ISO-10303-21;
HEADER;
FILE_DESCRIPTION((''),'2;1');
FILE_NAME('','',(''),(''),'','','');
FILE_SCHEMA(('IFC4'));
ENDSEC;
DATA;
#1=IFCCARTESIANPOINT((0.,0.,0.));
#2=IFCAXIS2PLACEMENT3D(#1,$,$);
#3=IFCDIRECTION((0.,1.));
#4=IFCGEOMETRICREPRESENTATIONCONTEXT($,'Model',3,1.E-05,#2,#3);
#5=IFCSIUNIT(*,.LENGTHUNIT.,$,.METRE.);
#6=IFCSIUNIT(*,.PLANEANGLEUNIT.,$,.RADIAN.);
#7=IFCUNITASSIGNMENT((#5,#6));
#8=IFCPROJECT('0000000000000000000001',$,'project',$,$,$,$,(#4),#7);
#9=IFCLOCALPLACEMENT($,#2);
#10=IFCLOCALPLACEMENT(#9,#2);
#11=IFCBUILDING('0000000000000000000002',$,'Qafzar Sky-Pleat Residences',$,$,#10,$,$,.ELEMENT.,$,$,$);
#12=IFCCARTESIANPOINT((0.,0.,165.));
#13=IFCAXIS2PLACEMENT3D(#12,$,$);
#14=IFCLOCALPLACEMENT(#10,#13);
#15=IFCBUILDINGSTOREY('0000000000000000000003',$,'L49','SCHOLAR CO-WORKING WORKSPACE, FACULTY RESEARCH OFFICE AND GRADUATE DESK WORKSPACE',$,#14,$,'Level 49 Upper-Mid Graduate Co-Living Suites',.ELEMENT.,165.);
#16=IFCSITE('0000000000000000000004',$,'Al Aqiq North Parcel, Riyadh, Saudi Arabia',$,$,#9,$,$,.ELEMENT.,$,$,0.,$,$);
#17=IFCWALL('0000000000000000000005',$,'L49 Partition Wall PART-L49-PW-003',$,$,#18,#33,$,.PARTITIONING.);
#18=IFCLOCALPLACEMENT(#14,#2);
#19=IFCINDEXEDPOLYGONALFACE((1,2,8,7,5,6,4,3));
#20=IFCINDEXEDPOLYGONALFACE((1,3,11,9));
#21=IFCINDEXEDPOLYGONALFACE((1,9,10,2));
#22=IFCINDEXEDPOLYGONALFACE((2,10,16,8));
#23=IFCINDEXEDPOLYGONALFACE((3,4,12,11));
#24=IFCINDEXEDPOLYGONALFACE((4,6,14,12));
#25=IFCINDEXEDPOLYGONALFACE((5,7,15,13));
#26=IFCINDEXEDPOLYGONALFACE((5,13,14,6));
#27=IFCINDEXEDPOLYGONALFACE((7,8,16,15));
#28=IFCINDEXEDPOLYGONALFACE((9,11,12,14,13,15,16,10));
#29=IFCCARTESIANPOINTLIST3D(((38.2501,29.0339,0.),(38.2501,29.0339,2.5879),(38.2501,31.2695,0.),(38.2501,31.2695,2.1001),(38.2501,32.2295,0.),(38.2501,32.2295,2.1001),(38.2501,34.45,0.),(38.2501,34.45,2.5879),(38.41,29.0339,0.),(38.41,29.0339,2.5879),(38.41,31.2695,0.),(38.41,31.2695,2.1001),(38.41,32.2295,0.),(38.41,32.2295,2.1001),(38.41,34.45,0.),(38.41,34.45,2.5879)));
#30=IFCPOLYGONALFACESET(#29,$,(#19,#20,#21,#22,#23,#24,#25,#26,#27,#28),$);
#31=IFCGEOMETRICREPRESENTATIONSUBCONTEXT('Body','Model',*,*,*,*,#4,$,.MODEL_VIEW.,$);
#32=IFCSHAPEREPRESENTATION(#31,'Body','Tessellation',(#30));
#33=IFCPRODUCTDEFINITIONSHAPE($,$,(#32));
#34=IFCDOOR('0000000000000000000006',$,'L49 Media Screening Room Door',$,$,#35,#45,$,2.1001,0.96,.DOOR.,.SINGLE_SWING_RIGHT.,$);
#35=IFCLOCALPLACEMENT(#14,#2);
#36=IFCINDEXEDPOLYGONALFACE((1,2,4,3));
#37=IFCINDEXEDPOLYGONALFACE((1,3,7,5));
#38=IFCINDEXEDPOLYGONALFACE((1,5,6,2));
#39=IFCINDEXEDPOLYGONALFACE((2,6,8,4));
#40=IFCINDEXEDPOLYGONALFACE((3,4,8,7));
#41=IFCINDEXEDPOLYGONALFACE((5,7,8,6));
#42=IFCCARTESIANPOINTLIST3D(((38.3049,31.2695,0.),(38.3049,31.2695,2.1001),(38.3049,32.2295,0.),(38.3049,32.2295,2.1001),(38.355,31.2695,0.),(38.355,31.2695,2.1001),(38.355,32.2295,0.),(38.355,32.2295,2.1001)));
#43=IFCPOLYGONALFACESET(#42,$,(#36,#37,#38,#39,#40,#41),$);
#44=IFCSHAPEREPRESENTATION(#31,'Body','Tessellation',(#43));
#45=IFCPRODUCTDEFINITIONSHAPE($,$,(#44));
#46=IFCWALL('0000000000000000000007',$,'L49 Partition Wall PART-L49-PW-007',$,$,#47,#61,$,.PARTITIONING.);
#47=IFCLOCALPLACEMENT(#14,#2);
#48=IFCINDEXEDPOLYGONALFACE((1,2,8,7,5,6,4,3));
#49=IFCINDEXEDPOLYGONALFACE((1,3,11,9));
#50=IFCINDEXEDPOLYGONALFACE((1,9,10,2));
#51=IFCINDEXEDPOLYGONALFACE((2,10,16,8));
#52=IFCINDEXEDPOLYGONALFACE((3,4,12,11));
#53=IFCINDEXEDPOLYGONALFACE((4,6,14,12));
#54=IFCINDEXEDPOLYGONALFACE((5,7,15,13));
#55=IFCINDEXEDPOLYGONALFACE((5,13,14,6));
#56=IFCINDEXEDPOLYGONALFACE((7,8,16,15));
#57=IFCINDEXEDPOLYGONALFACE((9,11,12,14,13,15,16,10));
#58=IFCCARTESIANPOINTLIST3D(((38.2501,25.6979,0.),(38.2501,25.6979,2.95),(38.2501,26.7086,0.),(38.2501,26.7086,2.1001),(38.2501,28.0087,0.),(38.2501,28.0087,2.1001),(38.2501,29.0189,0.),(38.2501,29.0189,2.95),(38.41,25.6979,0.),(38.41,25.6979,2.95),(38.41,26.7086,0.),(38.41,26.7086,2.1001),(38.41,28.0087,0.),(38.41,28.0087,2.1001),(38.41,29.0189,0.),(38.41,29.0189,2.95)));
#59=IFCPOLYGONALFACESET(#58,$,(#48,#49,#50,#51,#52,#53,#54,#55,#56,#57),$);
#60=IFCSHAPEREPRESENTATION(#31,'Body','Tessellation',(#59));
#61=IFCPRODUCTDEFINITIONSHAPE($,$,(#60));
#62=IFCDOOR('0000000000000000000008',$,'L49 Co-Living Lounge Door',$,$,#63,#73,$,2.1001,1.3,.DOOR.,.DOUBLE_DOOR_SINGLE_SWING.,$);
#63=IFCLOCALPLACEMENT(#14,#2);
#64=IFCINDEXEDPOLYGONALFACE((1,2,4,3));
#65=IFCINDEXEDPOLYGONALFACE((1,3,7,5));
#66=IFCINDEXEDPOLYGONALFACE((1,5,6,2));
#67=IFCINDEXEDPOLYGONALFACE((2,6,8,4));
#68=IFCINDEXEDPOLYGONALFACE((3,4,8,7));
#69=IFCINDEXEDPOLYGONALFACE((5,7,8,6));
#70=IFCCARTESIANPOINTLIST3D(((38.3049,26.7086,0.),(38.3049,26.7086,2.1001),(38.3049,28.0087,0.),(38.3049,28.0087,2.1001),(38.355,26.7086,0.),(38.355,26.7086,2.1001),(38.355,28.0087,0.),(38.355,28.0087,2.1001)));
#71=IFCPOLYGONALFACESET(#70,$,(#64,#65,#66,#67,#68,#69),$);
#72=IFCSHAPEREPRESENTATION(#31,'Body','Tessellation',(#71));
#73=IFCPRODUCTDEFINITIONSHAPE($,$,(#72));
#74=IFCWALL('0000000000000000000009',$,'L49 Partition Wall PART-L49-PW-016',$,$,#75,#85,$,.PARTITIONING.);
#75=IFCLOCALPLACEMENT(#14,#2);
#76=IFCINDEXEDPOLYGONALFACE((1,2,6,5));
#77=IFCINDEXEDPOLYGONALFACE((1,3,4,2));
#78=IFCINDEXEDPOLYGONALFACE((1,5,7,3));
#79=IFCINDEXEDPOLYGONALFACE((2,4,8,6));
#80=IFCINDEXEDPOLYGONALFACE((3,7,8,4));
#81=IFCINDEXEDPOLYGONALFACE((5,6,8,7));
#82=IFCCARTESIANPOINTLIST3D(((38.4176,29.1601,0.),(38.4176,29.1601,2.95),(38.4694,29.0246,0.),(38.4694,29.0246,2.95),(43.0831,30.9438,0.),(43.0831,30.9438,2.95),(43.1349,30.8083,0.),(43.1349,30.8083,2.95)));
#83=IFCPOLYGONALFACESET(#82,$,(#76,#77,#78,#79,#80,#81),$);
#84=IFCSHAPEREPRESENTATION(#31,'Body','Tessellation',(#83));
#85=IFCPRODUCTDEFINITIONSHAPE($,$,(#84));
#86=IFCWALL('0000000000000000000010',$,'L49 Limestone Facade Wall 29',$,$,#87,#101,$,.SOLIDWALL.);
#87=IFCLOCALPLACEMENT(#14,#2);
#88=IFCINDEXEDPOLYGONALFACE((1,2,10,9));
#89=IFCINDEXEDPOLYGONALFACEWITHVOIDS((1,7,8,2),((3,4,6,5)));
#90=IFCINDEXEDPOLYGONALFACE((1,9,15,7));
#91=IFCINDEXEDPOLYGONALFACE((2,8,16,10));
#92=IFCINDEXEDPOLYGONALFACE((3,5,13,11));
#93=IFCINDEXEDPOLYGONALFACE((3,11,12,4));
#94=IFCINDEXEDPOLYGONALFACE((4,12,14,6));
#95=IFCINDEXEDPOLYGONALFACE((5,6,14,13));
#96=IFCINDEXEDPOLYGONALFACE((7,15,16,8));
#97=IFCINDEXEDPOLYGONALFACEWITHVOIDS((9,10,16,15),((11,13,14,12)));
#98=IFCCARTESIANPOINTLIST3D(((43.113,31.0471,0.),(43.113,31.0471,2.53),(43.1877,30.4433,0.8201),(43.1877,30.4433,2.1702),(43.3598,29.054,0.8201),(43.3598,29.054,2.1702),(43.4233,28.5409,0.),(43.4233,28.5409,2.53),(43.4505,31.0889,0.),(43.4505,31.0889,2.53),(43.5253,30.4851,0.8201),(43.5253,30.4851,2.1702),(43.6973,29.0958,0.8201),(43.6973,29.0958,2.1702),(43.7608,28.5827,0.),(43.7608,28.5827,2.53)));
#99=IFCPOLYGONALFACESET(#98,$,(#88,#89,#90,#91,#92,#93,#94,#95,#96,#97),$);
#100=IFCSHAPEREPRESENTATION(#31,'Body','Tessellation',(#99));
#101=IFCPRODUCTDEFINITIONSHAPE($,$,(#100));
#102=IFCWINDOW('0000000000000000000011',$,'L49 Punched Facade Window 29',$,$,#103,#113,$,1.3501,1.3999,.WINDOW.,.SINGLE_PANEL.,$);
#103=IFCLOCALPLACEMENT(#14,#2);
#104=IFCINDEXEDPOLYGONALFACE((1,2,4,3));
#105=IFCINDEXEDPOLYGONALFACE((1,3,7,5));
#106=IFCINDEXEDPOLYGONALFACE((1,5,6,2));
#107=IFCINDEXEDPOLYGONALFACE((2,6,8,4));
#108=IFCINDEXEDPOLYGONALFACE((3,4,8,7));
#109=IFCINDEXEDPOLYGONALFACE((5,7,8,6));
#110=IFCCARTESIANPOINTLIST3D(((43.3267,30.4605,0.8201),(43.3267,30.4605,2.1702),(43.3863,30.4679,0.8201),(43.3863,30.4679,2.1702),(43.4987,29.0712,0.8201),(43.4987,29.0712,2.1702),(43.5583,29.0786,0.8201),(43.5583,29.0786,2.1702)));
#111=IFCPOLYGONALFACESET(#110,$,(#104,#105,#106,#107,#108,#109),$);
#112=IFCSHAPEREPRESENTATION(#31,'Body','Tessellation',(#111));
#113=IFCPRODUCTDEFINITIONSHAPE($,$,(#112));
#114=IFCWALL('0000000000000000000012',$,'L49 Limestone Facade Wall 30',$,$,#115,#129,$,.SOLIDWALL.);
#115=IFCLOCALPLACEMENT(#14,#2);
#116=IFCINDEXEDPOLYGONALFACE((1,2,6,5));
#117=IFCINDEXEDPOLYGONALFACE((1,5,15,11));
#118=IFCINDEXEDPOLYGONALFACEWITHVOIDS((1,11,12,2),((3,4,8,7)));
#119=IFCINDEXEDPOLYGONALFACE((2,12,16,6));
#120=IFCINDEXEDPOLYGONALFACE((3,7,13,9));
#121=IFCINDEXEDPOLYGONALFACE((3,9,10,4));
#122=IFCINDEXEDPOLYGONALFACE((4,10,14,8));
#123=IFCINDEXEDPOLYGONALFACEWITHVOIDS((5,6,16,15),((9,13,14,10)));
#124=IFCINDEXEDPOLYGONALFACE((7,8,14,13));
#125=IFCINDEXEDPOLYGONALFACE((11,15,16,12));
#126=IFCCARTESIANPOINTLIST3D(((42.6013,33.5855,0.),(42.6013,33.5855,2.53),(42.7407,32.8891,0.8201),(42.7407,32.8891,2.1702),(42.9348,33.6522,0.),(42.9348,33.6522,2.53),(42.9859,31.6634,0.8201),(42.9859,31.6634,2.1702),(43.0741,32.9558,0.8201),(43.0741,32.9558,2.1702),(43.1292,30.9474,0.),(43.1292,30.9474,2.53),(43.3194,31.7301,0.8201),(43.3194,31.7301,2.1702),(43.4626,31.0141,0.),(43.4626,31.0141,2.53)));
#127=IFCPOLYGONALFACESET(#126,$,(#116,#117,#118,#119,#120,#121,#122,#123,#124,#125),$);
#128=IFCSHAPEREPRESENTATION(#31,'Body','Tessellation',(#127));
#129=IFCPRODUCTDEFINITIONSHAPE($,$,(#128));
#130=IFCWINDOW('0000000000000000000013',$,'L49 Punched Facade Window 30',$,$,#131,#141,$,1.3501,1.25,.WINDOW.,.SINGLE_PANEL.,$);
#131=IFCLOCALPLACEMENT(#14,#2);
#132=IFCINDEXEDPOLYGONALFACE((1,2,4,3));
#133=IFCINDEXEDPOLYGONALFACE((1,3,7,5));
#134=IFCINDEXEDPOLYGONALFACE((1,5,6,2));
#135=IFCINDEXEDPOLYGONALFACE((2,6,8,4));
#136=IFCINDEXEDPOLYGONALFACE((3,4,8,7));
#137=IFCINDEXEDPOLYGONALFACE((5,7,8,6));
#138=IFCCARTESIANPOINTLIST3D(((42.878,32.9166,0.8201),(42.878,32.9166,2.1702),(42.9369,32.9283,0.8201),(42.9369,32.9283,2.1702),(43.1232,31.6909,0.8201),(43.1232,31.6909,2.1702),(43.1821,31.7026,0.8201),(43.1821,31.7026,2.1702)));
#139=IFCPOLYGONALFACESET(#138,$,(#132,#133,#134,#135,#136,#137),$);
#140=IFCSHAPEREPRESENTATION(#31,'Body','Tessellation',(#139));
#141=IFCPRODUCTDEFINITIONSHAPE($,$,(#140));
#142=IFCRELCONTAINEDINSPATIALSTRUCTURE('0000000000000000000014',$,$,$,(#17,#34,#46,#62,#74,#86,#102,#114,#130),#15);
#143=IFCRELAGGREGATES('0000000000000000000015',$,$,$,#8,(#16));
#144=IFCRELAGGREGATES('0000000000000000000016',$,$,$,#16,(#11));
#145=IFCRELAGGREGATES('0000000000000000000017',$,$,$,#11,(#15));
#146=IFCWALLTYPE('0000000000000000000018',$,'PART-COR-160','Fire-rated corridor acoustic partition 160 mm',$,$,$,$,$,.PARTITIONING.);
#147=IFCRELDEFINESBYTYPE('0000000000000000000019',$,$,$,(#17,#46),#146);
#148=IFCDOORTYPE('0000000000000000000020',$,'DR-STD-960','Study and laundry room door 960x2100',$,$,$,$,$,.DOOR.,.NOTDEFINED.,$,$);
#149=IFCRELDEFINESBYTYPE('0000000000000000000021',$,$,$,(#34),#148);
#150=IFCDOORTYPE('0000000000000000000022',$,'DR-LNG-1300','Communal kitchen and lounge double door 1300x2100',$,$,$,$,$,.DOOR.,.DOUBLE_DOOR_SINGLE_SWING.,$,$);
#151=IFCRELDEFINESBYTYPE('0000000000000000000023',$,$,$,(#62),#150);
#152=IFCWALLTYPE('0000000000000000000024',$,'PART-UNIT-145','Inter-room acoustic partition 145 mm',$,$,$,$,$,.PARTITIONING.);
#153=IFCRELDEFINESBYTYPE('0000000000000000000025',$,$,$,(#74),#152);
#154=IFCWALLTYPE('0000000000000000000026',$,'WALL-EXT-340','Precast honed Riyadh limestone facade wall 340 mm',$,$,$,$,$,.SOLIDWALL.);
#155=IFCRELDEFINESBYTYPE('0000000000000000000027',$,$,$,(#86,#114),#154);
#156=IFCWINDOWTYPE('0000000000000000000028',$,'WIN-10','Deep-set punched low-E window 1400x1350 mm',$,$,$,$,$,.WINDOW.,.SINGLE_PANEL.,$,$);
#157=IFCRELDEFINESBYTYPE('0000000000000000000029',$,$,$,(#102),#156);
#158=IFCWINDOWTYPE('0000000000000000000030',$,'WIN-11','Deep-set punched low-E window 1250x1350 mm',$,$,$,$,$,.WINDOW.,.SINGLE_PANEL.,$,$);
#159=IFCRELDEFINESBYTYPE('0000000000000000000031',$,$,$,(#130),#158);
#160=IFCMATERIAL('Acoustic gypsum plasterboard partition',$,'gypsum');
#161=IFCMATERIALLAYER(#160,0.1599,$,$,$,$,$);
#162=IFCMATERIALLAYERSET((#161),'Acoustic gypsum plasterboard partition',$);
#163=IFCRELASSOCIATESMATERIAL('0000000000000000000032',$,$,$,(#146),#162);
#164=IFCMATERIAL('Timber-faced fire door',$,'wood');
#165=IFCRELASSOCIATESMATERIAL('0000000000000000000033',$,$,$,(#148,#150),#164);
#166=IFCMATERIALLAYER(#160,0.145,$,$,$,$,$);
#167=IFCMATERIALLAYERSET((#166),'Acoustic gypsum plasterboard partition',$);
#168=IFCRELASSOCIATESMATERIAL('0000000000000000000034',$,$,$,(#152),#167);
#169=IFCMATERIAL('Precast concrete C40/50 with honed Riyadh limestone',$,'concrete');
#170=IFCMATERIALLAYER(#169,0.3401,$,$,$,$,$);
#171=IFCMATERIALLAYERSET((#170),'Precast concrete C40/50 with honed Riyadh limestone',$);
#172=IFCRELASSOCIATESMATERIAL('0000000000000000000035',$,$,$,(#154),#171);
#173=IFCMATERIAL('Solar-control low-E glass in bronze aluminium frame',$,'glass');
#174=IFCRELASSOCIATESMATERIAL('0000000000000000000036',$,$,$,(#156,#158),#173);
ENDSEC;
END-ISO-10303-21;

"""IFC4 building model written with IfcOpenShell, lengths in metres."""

from ifc_helpers import new_model, si_unit, direction, frame, frame_2d, origin, place, context, subcontext, project, spatial, rectangle, extrude, source, transform, mapped, material, layer, layer_set, type_object, element, fill, save


model = new_model("IFC4")

# Units and contexts
model_context = context("Model", 3, precision=1e-05, world=origin(), true_north=direction((0.0, 1.0)))
body_context = subcontext(model_context, "Body", "Model", "MODEL_VIEW")
ifc_project = project(units=[si_unit("LENGTHUNIT", "METRE"), si_unit("PLANEANGLEUNIT", "RADIAN")], contexts=[model_context])

# Site, building, storey
site_placement = place(None, origin())
site = spatial("IfcSite", under=ifc_project, at=site_placement, Name="Al Aqiq North Parcel, Riyadh, Saudi Arabia", CompositionType="ELEMENT", RefElevation=0.0)
building_placement = place(site_placement, origin())
building = spatial("IfcBuilding", under=site, at=building_placement, Name="Qafzar Sky-Pleat Residences", CompositionType="ELEMENT")
storey_placement = place(building_placement, frame((0.0, 0.0, 165.0)))
storey = spatial("IfcBuildingStorey", under=building, at=storey_placement, Name="L49", Description="SCHOLAR CO-WORKING WORKSPACE, FACULTY RESEARCH OFFICE AND GRADUATE DESK WORKSPACE", LongName="Level 49 Upper-Mid Graduate Co-Living Suites", CompositionType="ELEMENT", Elevation=165.0)

# Walls, openings, doors
ifc_material_1 = material(Name="Acoustic gypsum plasterboard partition", Category="gypsum")
ifc_layer_1 = layer(ifc_material_1, 0.1599)
ifc_layer_set_1 = layer_set([ifc_layer_1], Name="Acoustic gypsum plasterboard partition")
wall_type_1 = type_object("IfcWallType", Name="PART-COR-160", Description="Fire-rated corridor acoustic partition 160 mm", PredefinedType="PARTITIONING", material=ifc_layer_set_1)
wall_1_placement = place(storey_placement, frame((38.3301, 34.45, 0.0), z_axis=(0.0, 0.0, 1.0), x_axis=(0.0, -1.0, 0.0)))
wall_1 = element("IfcWall", 1, at=wall_1_placement, inside=storey, type_object=wall_type_1, Name="L49 Partition Wall PART-L49-PW-003", PredefinedType="PARTITIONING", context=body_context, shape_type="SweptSolid", body=[
    extrude(rectangle(XDim=5.416, YDim=0.1599, at=frame_2d((2.708, 0.0))), origin(), (0.0, 0.0, 1.0), 2.5879),
])
opening_1_placement = place(wall_1_placement, frame((2.2205, 0.0, 0.0)))
opening_1 = element("IfcOpeningElement", 2, at=opening_1_placement, cuts=wall_1, PredefinedType="OPENING", context=body_context, shape_type="SweptSolid", body=[
    extrude(rectangle(XDim=0.96, YDim=2.1001, at=frame_2d((0.48, 1.05))), frame((0.0, 0.0898, 0.0), z_axis=(0.0, -1.0, 0.0), x_axis=(1.0, 0.0, 0.0)), (0.0, 0.0, 1.0), 0.1799),
])
ifc_material_2 = material(Name="Timber-faced fire door", Category="wood")
door_type_1 = type_object("IfcDoorType", Name="DR-STD-960", Description="Study and laundry room door 960x2100", OperationType="NOTDEFINED", PredefinedType="DOOR", material=ifc_material_2)
shared_shape_1 = source(origin(), body_context, "Body", "SweptSolid", [
    extrude(rectangle(XDim=0.96, YDim=2.1001, at=frame_2d((0.48, 1.05))), frame((0.0, 0.0249, 0.0), z_axis=(0.0, -1.0, 0.0), x_axis=(1.0, 0.0, 0.0)), (0.0, 0.0, 1.0), 0.05),
])
door_1_placement = place(opening_1_placement, origin())
door_1 = element("IfcDoor", 3, at=door_1_placement, inside=storey, type_object=door_type_1, Name="L49 Media Screening Room Door", OperationType="SINGLE_SWING_RIGHT", OverallHeight=2.1001, OverallWidth=0.96, PredefinedType="DOOR", context=body_context, shape_type="MappedRepresentation", body=[
    mapped(shared_shape_1, transform((0.0, 0.0, 0.0), x_axis=(1.0, 0.0, 0.0), y_axis=(0.0, 1.0, 0.0), z_axis=(0.0, 0.0, 1.0), scale=1.0)),
])
fill(opening_1, door_1)
wall_2_placement = place(storey_placement, frame((38.3301, 29.019, 0.0), z_axis=(0.0, 0.0, 1.0), x_axis=(0.0, -1.0, 0.0)))
wall_2 = element("IfcWall", 4, at=wall_2_placement, inside=storey, type_object=wall_type_1, Name="L49 Partition Wall PART-L49-PW-007", PredefinedType="PARTITIONING", context=body_context, shape_type="SweptSolid", body=[
    extrude(rectangle(XDim=3.321, YDim=0.1599, at=frame_2d((1.6606, 0.0))), origin(), (0.0, 0.0, 1.0), 2.95),
])
opening_2_placement = place(wall_2_placement, frame((1.0105, 0.0, 0.0)))
opening_2 = element("IfcOpeningElement", 5, at=opening_2_placement, cuts=wall_2, PredefinedType="OPENING", context=body_context, shape_type="SweptSolid", body=[
    extrude(rectangle(XDim=1.3, YDim=2.1001, at=frame_2d((0.6499, 1.05))), frame((0.0, 0.0898, 0.0), z_axis=(0.0, -1.0, 0.0), x_axis=(1.0, 0.0, 0.0)), (0.0, 0.0, 1.0), 0.1799),
])
door_type_2 = type_object("IfcDoorType", Name="DR-LNG-1300", Description="Communal kitchen and lounge double door 1300x2100", OperationType="DOUBLE_DOOR_SINGLE_SWING", PredefinedType="DOOR", material=ifc_material_2)
shared_shape_2 = source(origin(), body_context, "Body", "SweptSolid", [
    extrude(rectangle(XDim=1.3, YDim=2.1001, at=frame_2d((0.6499, 1.05))), frame((0.0, 0.0249, 0.0), z_axis=(0.0, -1.0, 0.0), x_axis=(1.0, 0.0, 0.0)), (0.0, 0.0, 1.0), 0.05),
])
door_2_placement = place(opening_2_placement, origin())
door_2 = element("IfcDoor", 6, at=door_2_placement, inside=storey, type_object=door_type_2, Name="L49 Co-Living Lounge Door", OperationType="DOUBLE_DOOR_SINGLE_SWING", OverallHeight=2.1001, OverallWidth=1.3, PredefinedType="DOOR", context=body_context, shape_type="MappedRepresentation", body=[
    mapped(shared_shape_2, transform((0.0, 0.0, 0.0), x_axis=(1.0, 0.0, 0.0), y_axis=(0.0, 1.0, 0.0), z_axis=(0.0, 0.0, 1.0), scale=1.0)),
])
fill(opening_2, door_2)

# Wall
ifc_layer_2 = layer(ifc_material_1, 0.145)
ifc_layer_set_2 = layer_set([ifc_layer_2], Name="Acoustic gypsum plasterboard partition")
wall_type_2 = type_object("IfcWallType", Name="PART-UNIT-145", Description="Inter-room acoustic partition 145 mm", PredefinedType="PARTITIONING", material=ifc_layer_set_2)
wall_3_placement = place(storey_placement, frame((38.4434, 29.0923, 0.0), z_axis=(0.0, 0.0, 1.0), x_axis=(0.934064, 0.357105, 0.0)))
element("IfcWall", 7, at=wall_3_placement, inside=storey, type_object=wall_type_2, Name="L49 Partition Wall PART-L49-PW-016", PredefinedType="PARTITIONING", context=body_context, shape_type="SweptSolid", body=[
    extrude(rectangle(XDim=4.9949, YDim=0.145, at=frame_2d((2.4976, 0.0))), origin(), (0.0, 0.0, 1.0), 2.95),
])

# Walls, openings, windows
ifc_material_3 = material(Name="Precast concrete C40/50 with honed Riyadh limestone", Category="concrete")
ifc_layer_3 = layer(ifc_material_3, 0.3401)
ifc_layer_set_3 = layer_set([ifc_layer_3], Name="Precast concrete C40/50 with honed Riyadh limestone")
wall_type_3 = type_object("IfcWallType", Name="WALL-EXT-340", Description="Precast honed Riyadh limestone facade wall 340 mm", PredefinedType="SOLIDWALL", material=ifc_layer_set_3)
wall_4_placement = place(storey_placement, frame((43.592, 28.5618, 0.0), z_axis=(0.0, 0.0, 1.0), x_axis=(-0.122869, 0.992423, 0.0)))
wall_4 = element("IfcWall", 8, at=wall_4_placement, inside=storey, type_object=wall_type_3, Name="L49 Limestone Facade Wall 29", PredefinedType="SOLIDWALL", context=body_context, shape_type="SweptSolid", body=[
    extrude(rectangle(XDim=2.5254, YDim=0.3401, at=frame_2d((1.2627, 0.0))), origin(), (0.0, 0.0, 1.0), 2.53),
])
opening_3_placement = place(wall_4_placement, frame((0.5171, 0.0, 0.8201)))
opening_3 = element("IfcOpeningElement", 9, at=opening_3_placement, cuts=wall_4, PredefinedType="OPENING", context=body_context, shape_type="SweptSolid", body=[
    extrude(rectangle(XDim=1.3999, YDim=1.3501, at=frame_2d((0.7, 0.675))), frame((0.0, 0.1802, 0.0), z_axis=(0.0, -1.0, 0.0), x_axis=(1.0, 0.0, 0.0)), (0.0, 0.0, 1.0), 0.3601),
])
ifc_material_4 = material(Name="Solar-control low-E glass in bronze aluminium frame", Category="glass")
window_type_1 = type_object("IfcWindowType", Name="WIN-10", Description="Deep-set punched low-E window 1400x1350 mm", PartitioningType="SINGLE_PANEL", PredefinedType="WINDOW", material=ifc_material_4)
shared_shape_3 = source(origin(), body_context, "Body", "SweptSolid", [
    extrude(rectangle(XDim=1.3999, YDim=1.3501, at=frame_2d((0.7, 0.675))), frame((0.0, 0.03, 0.0), z_axis=(0.0, -1.0, 0.0), x_axis=(1.0, 0.0, 0.0)), (0.0, 0.0, 1.0), 0.0601),
])
window_1_placement = place(opening_3_placement, origin())
window_1 = element("IfcWindow", 10, at=window_1_placement, inside=storey, type_object=window_type_1, Name="L49 Punched Facade Window 29", OverallHeight=1.3501, OverallWidth=1.3999, PartitioningType="SINGLE_PANEL", PredefinedType="WINDOW", context=body_context, shape_type="MappedRepresentation", body=[
    mapped(shared_shape_3, transform((0.0, 0.0, 0.0), x_axis=(1.0, 0.0, 0.0), y_axis=(0.0, 1.0, 0.0), z_axis=(0.0, 0.0, 1.0), scale=1.0)),
])
fill(opening_3, window_1)
wall_5_placement = place(storey_placement, frame((43.2959, 30.9807, 0.0), z_axis=(0.0, 0.0, 1.0), x_axis=(-0.196186, 0.980567, 0.0)))
wall_5 = element("IfcWall", 11, at=wall_5_placement, inside=storey, type_object=wall_type_3, Name="L49 Limestone Facade Wall 30", PredefinedType="SOLIDWALL", context=body_context, shape_type="SweptSolid", body=[
    extrude(rectangle(XDim=2.6904, YDim=0.3401, at=frame_2d((1.3452, 0.0))), origin(), (0.0, 0.0, 1.0), 2.53),
])
opening_4_placement = place(wall_5_placement, frame((0.7302, 0.0, 0.8201)))
opening_4 = element("IfcOpeningElement", 12, at=opening_4_placement, cuts=wall_5, PredefinedType="OPENING", context=body_context, shape_type="SweptSolid", body=[
    extrude(rectangle(XDim=1.25, YDim=1.3501, at=frame_2d((0.625, 0.675))), frame((0.0, 0.1802, 0.0), z_axis=(0.0, -1.0, 0.0), x_axis=(1.0, 0.0, 0.0)), (0.0, 0.0, 1.0), 0.3601),
])
window_type_2 = type_object("IfcWindowType", Name="WIN-11", Description="Deep-set punched low-E window 1250x1350 mm", PartitioningType="SINGLE_PANEL", PredefinedType="WINDOW", material=ifc_material_4)
shared_shape_4 = source(origin(), body_context, "Body", "SweptSolid", [
    extrude(rectangle(XDim=1.25, YDim=1.3501, at=frame_2d((0.625, 0.675))), frame((0.0, 0.03, 0.0), z_axis=(0.0, -1.0, 0.0), x_axis=(1.0, 0.0, 0.0)), (0.0, 0.0, 1.0), 0.0601),
])
window_2_placement = place(opening_4_placement, origin())
window_2 = element("IfcWindow", 13, at=window_2_placement, inside=storey, type_object=window_type_2, Name="L49 Punched Facade Window 30", OverallHeight=1.3501, OverallWidth=1.25, PartitioningType="SINGLE_PANEL", PredefinedType="WINDOW", context=body_context, shape_type="MappedRepresentation", body=[
    mapped(shared_shape_4, transform((0.0, 0.0, 0.0), x_axis=(1.0, 0.0, 0.0), y_axis=(0.0, 1.0, 0.0), z_axis=(0.0, 0.0, 1.0), scale=1.0)),
])
fill(opening_4, window_2)

save(model, "model.ifc")
